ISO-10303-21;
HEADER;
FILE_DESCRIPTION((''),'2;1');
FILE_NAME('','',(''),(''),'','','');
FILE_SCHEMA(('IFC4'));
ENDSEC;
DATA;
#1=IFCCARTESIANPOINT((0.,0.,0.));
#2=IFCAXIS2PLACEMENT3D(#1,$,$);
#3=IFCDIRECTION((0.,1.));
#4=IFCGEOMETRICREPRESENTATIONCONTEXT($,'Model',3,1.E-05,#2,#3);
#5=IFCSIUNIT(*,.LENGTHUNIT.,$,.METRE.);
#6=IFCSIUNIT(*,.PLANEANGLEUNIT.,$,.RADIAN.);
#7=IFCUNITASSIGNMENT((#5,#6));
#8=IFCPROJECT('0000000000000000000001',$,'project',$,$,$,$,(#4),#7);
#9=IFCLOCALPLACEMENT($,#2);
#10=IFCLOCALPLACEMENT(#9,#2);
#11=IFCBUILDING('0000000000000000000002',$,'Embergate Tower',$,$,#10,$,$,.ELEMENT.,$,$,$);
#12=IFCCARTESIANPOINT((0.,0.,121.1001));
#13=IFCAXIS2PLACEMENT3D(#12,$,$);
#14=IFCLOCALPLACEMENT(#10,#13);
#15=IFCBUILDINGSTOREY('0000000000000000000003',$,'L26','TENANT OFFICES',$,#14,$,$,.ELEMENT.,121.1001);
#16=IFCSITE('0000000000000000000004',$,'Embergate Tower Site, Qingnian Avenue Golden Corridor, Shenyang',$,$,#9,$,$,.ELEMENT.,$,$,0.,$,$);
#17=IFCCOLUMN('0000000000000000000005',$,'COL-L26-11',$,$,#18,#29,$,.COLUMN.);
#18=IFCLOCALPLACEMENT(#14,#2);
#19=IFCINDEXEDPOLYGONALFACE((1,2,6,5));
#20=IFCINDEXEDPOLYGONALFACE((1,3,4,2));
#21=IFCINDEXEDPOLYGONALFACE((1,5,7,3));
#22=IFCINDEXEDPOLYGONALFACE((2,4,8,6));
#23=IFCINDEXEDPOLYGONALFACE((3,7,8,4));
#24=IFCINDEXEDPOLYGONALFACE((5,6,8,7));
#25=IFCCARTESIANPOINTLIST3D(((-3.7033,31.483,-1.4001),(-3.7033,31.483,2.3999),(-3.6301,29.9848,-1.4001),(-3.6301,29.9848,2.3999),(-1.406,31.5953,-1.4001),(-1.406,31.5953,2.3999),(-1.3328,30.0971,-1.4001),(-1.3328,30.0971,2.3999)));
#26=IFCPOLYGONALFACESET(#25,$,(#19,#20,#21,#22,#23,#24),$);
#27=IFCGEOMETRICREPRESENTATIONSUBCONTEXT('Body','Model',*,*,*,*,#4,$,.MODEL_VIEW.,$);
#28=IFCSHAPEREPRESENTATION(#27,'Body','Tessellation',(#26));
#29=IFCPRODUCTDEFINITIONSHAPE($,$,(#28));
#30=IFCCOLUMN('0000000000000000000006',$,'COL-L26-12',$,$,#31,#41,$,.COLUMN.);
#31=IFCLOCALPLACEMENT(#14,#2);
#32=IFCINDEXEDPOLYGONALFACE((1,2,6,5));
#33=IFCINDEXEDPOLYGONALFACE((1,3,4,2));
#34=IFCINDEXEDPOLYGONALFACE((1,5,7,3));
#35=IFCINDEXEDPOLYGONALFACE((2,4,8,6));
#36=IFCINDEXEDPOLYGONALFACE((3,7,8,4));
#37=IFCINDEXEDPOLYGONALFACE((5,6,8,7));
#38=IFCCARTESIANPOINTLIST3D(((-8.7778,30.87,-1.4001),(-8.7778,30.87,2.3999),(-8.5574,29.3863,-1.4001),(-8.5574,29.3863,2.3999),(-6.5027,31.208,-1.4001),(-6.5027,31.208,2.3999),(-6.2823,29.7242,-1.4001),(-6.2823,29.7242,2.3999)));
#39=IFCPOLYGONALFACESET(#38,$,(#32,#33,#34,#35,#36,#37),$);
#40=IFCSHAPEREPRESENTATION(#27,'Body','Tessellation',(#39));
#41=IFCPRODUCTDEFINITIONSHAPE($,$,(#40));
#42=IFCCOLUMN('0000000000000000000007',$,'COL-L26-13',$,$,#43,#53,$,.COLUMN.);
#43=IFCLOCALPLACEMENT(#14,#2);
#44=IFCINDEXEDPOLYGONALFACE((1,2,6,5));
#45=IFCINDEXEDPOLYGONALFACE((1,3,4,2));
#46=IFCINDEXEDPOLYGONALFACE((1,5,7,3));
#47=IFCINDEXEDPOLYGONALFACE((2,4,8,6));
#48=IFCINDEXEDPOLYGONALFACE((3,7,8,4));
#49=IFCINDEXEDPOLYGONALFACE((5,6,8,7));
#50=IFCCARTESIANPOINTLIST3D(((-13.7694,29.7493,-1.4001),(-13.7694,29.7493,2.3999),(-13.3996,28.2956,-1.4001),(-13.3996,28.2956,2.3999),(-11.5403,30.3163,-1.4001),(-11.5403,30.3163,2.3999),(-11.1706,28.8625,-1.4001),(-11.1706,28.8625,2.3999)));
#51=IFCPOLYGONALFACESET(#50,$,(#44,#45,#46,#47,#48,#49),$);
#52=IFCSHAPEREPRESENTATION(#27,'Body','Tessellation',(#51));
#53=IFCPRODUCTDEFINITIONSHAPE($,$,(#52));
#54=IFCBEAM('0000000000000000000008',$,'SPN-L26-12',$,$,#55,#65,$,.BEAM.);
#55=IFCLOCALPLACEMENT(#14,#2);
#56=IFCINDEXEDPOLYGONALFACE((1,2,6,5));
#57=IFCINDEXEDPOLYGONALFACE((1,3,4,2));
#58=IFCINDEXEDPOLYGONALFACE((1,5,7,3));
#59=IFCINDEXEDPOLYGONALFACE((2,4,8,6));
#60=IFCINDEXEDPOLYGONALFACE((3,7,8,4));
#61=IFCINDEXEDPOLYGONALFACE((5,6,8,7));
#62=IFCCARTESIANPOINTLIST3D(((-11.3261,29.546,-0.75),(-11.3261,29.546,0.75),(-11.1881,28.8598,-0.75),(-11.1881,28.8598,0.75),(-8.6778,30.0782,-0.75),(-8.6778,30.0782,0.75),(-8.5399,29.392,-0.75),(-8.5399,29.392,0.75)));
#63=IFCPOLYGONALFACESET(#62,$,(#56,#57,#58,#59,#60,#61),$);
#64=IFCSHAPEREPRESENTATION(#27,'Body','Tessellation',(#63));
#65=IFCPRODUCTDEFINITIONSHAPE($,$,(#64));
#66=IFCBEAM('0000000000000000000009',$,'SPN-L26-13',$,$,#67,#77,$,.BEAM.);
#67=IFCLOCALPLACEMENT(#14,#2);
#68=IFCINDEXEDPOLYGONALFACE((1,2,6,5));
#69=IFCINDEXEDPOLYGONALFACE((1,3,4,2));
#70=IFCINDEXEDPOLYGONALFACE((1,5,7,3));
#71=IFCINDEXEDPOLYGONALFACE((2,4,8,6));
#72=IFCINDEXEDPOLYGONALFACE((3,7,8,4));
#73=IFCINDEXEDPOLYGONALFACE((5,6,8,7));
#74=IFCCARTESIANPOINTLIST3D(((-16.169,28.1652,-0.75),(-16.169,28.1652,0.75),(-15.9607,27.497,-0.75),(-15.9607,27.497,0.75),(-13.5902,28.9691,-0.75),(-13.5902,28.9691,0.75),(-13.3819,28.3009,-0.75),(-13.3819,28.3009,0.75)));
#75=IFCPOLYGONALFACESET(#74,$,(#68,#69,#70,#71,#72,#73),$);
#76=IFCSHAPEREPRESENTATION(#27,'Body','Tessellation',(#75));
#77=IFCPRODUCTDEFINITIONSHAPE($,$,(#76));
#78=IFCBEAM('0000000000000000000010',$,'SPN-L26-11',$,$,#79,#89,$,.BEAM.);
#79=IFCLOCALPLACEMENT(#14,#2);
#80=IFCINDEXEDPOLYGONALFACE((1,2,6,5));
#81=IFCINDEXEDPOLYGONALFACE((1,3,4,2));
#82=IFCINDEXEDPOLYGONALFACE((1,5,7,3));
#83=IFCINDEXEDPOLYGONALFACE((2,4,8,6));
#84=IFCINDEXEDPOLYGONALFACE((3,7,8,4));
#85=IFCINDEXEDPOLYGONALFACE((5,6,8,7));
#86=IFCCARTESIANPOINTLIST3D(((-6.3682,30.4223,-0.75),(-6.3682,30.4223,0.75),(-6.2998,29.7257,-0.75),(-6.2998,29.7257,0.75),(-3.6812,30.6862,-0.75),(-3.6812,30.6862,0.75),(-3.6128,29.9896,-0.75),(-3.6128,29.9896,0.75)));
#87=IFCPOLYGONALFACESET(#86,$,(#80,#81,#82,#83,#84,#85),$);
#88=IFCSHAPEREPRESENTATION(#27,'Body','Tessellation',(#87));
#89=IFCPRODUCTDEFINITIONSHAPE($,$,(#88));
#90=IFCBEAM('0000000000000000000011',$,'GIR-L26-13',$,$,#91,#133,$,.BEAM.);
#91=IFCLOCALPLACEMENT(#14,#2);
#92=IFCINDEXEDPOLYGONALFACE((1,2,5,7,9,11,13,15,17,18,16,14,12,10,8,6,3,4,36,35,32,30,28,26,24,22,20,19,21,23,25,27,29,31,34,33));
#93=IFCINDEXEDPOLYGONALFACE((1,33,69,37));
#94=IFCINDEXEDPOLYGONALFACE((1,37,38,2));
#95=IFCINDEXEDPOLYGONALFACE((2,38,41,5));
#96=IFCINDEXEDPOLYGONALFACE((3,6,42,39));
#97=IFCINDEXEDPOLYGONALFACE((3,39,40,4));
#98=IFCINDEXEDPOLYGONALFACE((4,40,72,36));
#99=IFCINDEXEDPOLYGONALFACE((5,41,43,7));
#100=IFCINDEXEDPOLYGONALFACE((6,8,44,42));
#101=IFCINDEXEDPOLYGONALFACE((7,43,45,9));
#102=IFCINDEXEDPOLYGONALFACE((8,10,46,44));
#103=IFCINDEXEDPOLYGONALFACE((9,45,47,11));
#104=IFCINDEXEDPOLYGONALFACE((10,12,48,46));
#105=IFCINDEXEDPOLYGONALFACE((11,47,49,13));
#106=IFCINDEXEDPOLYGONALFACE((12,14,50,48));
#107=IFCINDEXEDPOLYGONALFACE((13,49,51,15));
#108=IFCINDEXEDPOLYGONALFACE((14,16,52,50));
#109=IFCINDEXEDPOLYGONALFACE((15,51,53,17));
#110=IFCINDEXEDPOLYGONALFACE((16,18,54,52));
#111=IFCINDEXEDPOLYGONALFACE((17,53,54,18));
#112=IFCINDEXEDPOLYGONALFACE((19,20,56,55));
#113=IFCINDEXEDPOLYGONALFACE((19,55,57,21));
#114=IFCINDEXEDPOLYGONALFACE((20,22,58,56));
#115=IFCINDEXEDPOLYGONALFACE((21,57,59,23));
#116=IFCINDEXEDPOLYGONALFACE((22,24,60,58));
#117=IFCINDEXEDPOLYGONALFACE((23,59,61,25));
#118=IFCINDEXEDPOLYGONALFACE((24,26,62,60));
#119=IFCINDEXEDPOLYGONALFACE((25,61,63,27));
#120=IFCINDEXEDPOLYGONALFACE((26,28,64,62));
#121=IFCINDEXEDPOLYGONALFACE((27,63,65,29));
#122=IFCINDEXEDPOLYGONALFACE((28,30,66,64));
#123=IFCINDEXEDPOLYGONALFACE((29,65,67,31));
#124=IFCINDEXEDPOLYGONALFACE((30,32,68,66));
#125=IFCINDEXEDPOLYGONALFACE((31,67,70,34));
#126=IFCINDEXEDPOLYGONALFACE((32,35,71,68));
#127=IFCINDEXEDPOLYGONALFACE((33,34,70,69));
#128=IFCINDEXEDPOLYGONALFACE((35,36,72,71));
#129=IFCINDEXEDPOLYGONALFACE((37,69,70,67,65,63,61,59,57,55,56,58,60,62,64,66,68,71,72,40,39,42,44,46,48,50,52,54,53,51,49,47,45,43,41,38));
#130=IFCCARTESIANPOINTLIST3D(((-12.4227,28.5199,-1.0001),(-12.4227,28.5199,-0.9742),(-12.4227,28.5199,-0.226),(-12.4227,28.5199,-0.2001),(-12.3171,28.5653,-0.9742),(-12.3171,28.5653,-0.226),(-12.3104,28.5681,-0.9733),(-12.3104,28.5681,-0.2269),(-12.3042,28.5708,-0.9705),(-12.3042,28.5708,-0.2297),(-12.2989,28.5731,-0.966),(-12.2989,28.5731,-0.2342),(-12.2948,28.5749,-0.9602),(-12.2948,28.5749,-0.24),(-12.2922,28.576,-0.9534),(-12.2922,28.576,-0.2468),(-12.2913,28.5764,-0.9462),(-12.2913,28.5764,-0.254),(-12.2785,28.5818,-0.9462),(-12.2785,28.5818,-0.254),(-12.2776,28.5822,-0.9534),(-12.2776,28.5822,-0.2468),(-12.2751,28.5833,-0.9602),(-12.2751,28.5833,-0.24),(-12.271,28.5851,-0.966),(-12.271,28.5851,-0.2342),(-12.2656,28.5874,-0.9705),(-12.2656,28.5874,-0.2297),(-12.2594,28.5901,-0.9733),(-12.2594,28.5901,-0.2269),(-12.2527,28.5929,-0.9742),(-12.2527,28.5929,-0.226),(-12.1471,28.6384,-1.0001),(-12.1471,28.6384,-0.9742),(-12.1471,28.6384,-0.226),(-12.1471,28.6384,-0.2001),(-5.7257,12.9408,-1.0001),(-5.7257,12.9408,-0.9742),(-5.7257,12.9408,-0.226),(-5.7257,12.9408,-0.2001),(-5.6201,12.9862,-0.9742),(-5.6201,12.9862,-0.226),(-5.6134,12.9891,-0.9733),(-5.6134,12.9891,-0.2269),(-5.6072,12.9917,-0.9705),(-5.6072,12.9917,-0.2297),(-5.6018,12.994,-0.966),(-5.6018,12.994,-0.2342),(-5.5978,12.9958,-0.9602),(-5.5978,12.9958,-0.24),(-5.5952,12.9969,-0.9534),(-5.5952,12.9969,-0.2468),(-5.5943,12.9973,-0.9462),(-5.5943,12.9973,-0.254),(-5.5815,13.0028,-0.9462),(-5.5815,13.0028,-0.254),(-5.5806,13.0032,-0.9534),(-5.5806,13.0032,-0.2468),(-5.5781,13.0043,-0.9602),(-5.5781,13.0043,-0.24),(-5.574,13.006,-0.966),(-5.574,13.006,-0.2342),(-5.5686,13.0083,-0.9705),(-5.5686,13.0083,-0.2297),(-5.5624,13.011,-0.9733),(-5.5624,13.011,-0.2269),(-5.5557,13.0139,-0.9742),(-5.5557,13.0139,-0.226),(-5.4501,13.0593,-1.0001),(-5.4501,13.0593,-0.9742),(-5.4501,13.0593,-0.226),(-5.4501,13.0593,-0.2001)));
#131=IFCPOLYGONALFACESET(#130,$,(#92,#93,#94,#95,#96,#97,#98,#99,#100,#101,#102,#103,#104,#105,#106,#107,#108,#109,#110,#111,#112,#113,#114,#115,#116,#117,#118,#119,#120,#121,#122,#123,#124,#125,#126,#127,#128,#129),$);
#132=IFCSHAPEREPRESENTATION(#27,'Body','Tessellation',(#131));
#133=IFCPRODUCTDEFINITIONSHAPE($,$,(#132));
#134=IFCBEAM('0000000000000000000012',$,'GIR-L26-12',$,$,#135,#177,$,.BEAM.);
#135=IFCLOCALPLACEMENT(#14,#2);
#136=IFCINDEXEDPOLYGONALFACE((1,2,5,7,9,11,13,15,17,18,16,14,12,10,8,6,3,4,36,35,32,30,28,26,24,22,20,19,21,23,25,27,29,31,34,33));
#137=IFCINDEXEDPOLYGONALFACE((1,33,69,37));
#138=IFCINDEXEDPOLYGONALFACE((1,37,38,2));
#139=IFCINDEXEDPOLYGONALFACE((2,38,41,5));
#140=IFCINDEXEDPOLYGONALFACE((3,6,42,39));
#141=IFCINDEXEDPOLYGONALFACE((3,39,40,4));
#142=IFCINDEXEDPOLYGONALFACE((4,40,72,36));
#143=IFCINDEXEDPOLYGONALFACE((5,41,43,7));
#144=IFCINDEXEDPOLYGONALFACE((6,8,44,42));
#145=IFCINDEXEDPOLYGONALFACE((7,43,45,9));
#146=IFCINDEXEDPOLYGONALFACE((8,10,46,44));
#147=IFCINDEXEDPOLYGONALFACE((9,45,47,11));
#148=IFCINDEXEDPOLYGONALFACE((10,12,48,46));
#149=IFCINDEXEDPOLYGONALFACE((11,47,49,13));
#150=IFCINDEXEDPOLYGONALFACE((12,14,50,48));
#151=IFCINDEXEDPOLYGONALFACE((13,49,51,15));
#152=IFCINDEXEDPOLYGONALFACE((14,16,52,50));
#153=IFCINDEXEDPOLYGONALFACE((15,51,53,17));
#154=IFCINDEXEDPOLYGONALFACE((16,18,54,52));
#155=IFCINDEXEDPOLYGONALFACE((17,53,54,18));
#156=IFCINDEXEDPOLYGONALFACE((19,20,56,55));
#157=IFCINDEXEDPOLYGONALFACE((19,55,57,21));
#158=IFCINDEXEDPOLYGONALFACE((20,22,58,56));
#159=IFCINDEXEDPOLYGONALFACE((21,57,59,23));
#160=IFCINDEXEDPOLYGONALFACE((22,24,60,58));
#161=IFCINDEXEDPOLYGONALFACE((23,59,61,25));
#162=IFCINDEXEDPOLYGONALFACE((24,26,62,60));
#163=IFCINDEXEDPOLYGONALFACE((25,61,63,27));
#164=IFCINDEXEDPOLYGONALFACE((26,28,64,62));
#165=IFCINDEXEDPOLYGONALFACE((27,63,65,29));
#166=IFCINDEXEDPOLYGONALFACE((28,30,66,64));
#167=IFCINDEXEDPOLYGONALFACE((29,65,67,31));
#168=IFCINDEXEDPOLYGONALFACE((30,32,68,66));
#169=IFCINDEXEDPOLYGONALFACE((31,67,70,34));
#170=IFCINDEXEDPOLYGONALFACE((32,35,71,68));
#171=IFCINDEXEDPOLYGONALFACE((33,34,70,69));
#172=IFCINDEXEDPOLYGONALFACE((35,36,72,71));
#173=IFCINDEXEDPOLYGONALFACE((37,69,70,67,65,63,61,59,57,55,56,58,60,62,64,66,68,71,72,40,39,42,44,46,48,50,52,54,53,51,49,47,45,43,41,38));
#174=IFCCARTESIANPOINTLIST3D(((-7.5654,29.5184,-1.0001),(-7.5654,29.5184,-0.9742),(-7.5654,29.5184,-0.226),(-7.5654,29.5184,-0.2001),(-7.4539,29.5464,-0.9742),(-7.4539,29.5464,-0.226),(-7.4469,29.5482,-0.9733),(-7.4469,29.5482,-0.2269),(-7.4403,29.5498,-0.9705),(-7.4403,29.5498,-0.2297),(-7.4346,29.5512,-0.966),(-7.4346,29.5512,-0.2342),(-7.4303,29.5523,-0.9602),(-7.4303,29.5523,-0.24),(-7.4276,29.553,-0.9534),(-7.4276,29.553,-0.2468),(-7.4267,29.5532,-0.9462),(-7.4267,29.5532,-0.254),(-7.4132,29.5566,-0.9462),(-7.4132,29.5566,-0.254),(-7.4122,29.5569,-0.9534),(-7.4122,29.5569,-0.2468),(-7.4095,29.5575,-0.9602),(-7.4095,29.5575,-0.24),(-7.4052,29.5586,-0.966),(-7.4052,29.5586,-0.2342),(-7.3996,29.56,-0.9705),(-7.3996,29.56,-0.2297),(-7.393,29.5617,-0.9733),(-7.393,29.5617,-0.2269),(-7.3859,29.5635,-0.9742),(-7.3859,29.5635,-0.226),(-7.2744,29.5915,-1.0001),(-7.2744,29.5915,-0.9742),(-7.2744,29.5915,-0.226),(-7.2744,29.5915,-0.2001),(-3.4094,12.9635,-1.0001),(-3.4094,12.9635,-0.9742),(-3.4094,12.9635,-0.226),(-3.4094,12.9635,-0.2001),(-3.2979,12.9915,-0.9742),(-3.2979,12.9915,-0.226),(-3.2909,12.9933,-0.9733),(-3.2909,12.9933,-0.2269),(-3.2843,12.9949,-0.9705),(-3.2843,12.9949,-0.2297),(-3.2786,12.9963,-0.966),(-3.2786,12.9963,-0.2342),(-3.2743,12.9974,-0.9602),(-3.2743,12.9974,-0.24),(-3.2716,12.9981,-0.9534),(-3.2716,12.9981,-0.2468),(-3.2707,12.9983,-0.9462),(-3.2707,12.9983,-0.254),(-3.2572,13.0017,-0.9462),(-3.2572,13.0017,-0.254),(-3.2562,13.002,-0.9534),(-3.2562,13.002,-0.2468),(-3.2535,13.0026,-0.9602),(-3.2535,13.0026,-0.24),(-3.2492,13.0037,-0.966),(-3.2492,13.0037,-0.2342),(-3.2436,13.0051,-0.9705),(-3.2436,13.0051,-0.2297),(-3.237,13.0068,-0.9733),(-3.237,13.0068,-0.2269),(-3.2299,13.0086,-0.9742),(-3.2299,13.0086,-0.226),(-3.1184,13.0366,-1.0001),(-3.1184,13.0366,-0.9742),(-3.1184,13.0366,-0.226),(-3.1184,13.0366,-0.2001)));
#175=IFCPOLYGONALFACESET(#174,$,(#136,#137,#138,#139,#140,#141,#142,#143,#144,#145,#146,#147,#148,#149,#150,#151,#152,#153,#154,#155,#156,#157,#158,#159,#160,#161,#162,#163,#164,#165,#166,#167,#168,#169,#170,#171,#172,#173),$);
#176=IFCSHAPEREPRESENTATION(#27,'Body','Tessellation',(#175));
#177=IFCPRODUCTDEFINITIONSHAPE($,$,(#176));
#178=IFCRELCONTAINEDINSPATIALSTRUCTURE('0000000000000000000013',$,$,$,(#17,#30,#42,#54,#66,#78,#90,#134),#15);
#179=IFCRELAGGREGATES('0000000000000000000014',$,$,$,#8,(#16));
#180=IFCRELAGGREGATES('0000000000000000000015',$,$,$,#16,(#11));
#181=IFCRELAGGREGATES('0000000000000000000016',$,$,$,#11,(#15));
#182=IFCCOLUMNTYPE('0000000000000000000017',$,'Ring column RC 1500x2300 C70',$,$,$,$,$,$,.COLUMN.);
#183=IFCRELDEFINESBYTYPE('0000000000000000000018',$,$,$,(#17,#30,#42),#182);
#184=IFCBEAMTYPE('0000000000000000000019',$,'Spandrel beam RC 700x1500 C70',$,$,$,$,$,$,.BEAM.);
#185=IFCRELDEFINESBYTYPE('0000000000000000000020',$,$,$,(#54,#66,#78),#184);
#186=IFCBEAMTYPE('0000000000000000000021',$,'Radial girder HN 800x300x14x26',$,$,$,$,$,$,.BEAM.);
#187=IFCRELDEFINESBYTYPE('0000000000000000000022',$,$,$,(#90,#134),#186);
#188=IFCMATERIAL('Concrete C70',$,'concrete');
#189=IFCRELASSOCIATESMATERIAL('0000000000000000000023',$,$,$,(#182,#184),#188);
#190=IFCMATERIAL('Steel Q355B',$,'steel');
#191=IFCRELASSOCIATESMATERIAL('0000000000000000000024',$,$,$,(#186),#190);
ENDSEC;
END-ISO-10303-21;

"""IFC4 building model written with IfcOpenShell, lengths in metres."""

from ifc_helpers import new_model, si_unit, direction, frame, origin, origin_2d, place, context, subcontext, project, spatial, rectangle, i_section, extrude, source, transform, mapped, material, material_profile, profile_set, type_object, element, save


model = new_model("IFC4")

# Units and contexts
model_context = context("Model", 3, precision=1e-05, world=origin(), true_north=direction((0.0, 1.0)))
body_context = subcontext(model_context, "Body", "Model", "MODEL_VIEW")
ifc_project = project(units=[si_unit("LENGTHUNIT", "METRE"), si_unit("PLANEANGLEUNIT", "RADIAN")], contexts=[model_context])

# Site, building, storey
site_placement = place(None, origin())
site = spatial("IfcSite", under=ifc_project, at=site_placement, Name="Embergate Tower Site, Qingnian Avenue Golden Corridor, Shenyang", CompositionType="ELEMENT", RefElevation=0.0)
building_placement = place(site_placement, origin())
building = spatial("IfcBuilding", under=site, at=building_placement, Name="Embergate Tower", CompositionType="ELEMENT")
storey_placement = place(building_placement, frame((0.0, 0.0, 121.1001)))
storey = spatial("IfcBuildingStorey", under=building, at=storey_placement, Name="L26", Description="TENANT OFFICES", CompositionType="ELEMENT", Elevation=121.1001)

# Columns
ifc_material_1 = material(Name="Concrete C70", Category="concrete")
ifc_material_profile_1 = material_profile(ifc_material_1, rectangle(XDim=1.5, YDim=2.3, at=origin_2d()), Name="RC 1500x2300")
ifc_profile_set_1 = profile_set([ifc_material_profile_1], Name="Concrete C70")
column_type = type_object("IfcColumnType", Name="Ring column RC 1500x2300 C70", PredefinedType="COLUMN", material=ifc_profile_set_1)
shared_shape_1 = source(origin(), body_context, "Body", "SweptSolid", [
    extrude(rectangle(XDim=1.5, YDim=2.3, at=origin_2d()), origin(), (0.0, 0.0, 1.0), 3.8),
])
for number, where, z_axis, x_axis, name in (
    (1, (-2.5181, 30.79, -1.4001), (0.0, 0.0, 1.0), (-0.048815, 0.998808, 0.0), "COL-L26-11"),
    (2, (-7.53, 30.2971, -1.4001), (0.0, 0.0, 1.0), (-0.146929, 0.989147, 0.0), "COL-L26-12"),
    (3, (-12.47, 29.3059, -1.4001), (0.0, 0.0, 1.0), (-0.246509, 0.969141, 0.0), "COL-L26-13"),
):
    element("IfcColumn", number, at=place(storey_placement, frame(where, z_axis=z_axis, x_axis=x_axis)), inside=storey, type_object=column_type, Name=name, PredefinedType="COLUMN", context=body_context, shape_type="MappedRepresentation", body=[
        mapped(shared_shape_1, transform((0.0, 0.0, 0.0))),
    ])

# Beams
ifc_material_profile_2 = material_profile(ifc_material_1, rectangle(XDim=0.7, YDim=1.5, at=origin_2d()), Name="RC 700x1500")
ifc_profile_set_2 = profile_set([ifc_material_profile_2], Name="Concrete C70")
beam_type_1 = type_object("IfcBeamType", Name="Spandrel beam RC 700x1500 C70", PredefinedType="BEAM", material=ifc_profile_set_2)
shared_shape_2 = source(origin(), body_context, "Body", "SweptSolid", [
    extrude(rectangle(XDim=0.7, YDim=1.5, at=origin_2d()), origin(), (0.0, 0.0, 1.0), 2.7012),
])
for number, where, z_axis, x_axis, name in (
    (4, (-8.6089, 29.7351, 0.0), (-0.980396, -0.197037, 0.0), (0.197037, -0.980396, 0.0), "SPN-L26-12"),
    (5, (-13.4861, 28.635, 0.0), (-0.954684, -0.297621, 0.0), (0.297621, -0.954684, 0.0), "SPN-L26-13"),
):
    element("IfcBeam", number, at=place(storey_placement, frame(where, z_axis=z_axis, x_axis=x_axis)), inside=storey, type_object=beam_type_1, Name=name, PredefinedType="BEAM", context=body_context, shape_type="MappedRepresentation", body=[
        mapped(shared_shape_2, transform((0.0, 0.0, 0.0))),
    ])
shared_shape_3 = source(origin(), body_context, "Body", "SweptSolid", [
    extrude(rectangle(XDim=0.7, YDim=1.5, at=origin_2d()), origin(), (0.0, 0.0, 1.0), 2.7),
])
beam_1_placement = place(storey_placement, frame((-3.647, 30.3379, 0.0), z_axis=(-0.995211, -0.097749, 0.0), x_axis=(0.097749, -0.995211, 0.0)))
element("IfcBeam", 6, at=beam_1_placement, inside=storey, type_object=beam_type_1, Name="SPN-L26-11", PredefinedType="BEAM", context=body_context, shape_type="MappedRepresentation", body=[
    mapped(shared_shape_3, transform((0.0, 0.0, 0.0))),
])
ifc_material_2 = material(Name="Steel Q355B", Category="steel")
ifc_material_profile_3 = material_profile(ifc_material_2, i_section(OverallWidth=0.3, OverallDepth=0.8, WebThickness=0.0139, FlangeThickness=0.0259, FilletRadius=0.0281, at=origin_2d()), Name="HN 800x300x14x26")
ifc_profile_set_3 = profile_set([ifc_material_profile_3], Name="Steel Q355 grade B")
beam_type_2 = type_object("IfcBeamType", Name="Radial girder HN 800x300x14x26", PredefinedType="BEAM", material=ifc_profile_set_3)
shared_shape_4 = source(origin(), body_context, "Body", "SweptSolid", [
    extrude(i_section(OverallWidth=0.3, OverallDepth=0.8, WebThickness=0.0139, FlangeThickness=0.0259, FilletRadius=0.0281, at=origin_2d()), origin(), (0.0, 0.0, 1.0), 16.9575),
])
beam_2_placement = place(storey_placement, frame((-12.2849, 28.5791, -0.6001), z_axis=(0.394929, -0.918712, 0.0), x_axis=(0.918712, 0.394929, 0.0)))
element("IfcBeam", 7, at=beam_2_placement, inside=storey, type_object=beam_type_2, Name="GIR-L26-13", PredefinedType="BEAM", context=body_context, shape_type="MappedRepresentation", body=[
    mapped(shared_shape_4, transform((0.0, 0.0, 0.0))),
])
shared_shape_5 = source(origin(), body_context, "Body", "SweptSolid", [
    extrude(i_section(OverallWidth=0.3, OverallDepth=0.8, WebThickness=0.0139, FlangeThickness=0.0259, FilletRadius=0.0281, at=origin_2d()), origin(), (0.0, 0.0, 1.0), 17.0686),
])
beam_3_placement = place(storey_placement, frame((-7.4199, 29.5549, -0.6001), z_axis=(0.243488, -0.969904, 0.0), x_axis=(0.969904, 0.243488, 0.0)))
element("IfcBeam", 8, at=beam_3_placement, inside=storey, type_object=beam_type_2, Name="GIR-L26-12", PredefinedType="BEAM", context=body_context, shape_type="MappedRepresentation", body=[
    mapped(shared_shape_5, transform((0.0, 0.0, 0.0))),
])

save(model, "model.ifc")
